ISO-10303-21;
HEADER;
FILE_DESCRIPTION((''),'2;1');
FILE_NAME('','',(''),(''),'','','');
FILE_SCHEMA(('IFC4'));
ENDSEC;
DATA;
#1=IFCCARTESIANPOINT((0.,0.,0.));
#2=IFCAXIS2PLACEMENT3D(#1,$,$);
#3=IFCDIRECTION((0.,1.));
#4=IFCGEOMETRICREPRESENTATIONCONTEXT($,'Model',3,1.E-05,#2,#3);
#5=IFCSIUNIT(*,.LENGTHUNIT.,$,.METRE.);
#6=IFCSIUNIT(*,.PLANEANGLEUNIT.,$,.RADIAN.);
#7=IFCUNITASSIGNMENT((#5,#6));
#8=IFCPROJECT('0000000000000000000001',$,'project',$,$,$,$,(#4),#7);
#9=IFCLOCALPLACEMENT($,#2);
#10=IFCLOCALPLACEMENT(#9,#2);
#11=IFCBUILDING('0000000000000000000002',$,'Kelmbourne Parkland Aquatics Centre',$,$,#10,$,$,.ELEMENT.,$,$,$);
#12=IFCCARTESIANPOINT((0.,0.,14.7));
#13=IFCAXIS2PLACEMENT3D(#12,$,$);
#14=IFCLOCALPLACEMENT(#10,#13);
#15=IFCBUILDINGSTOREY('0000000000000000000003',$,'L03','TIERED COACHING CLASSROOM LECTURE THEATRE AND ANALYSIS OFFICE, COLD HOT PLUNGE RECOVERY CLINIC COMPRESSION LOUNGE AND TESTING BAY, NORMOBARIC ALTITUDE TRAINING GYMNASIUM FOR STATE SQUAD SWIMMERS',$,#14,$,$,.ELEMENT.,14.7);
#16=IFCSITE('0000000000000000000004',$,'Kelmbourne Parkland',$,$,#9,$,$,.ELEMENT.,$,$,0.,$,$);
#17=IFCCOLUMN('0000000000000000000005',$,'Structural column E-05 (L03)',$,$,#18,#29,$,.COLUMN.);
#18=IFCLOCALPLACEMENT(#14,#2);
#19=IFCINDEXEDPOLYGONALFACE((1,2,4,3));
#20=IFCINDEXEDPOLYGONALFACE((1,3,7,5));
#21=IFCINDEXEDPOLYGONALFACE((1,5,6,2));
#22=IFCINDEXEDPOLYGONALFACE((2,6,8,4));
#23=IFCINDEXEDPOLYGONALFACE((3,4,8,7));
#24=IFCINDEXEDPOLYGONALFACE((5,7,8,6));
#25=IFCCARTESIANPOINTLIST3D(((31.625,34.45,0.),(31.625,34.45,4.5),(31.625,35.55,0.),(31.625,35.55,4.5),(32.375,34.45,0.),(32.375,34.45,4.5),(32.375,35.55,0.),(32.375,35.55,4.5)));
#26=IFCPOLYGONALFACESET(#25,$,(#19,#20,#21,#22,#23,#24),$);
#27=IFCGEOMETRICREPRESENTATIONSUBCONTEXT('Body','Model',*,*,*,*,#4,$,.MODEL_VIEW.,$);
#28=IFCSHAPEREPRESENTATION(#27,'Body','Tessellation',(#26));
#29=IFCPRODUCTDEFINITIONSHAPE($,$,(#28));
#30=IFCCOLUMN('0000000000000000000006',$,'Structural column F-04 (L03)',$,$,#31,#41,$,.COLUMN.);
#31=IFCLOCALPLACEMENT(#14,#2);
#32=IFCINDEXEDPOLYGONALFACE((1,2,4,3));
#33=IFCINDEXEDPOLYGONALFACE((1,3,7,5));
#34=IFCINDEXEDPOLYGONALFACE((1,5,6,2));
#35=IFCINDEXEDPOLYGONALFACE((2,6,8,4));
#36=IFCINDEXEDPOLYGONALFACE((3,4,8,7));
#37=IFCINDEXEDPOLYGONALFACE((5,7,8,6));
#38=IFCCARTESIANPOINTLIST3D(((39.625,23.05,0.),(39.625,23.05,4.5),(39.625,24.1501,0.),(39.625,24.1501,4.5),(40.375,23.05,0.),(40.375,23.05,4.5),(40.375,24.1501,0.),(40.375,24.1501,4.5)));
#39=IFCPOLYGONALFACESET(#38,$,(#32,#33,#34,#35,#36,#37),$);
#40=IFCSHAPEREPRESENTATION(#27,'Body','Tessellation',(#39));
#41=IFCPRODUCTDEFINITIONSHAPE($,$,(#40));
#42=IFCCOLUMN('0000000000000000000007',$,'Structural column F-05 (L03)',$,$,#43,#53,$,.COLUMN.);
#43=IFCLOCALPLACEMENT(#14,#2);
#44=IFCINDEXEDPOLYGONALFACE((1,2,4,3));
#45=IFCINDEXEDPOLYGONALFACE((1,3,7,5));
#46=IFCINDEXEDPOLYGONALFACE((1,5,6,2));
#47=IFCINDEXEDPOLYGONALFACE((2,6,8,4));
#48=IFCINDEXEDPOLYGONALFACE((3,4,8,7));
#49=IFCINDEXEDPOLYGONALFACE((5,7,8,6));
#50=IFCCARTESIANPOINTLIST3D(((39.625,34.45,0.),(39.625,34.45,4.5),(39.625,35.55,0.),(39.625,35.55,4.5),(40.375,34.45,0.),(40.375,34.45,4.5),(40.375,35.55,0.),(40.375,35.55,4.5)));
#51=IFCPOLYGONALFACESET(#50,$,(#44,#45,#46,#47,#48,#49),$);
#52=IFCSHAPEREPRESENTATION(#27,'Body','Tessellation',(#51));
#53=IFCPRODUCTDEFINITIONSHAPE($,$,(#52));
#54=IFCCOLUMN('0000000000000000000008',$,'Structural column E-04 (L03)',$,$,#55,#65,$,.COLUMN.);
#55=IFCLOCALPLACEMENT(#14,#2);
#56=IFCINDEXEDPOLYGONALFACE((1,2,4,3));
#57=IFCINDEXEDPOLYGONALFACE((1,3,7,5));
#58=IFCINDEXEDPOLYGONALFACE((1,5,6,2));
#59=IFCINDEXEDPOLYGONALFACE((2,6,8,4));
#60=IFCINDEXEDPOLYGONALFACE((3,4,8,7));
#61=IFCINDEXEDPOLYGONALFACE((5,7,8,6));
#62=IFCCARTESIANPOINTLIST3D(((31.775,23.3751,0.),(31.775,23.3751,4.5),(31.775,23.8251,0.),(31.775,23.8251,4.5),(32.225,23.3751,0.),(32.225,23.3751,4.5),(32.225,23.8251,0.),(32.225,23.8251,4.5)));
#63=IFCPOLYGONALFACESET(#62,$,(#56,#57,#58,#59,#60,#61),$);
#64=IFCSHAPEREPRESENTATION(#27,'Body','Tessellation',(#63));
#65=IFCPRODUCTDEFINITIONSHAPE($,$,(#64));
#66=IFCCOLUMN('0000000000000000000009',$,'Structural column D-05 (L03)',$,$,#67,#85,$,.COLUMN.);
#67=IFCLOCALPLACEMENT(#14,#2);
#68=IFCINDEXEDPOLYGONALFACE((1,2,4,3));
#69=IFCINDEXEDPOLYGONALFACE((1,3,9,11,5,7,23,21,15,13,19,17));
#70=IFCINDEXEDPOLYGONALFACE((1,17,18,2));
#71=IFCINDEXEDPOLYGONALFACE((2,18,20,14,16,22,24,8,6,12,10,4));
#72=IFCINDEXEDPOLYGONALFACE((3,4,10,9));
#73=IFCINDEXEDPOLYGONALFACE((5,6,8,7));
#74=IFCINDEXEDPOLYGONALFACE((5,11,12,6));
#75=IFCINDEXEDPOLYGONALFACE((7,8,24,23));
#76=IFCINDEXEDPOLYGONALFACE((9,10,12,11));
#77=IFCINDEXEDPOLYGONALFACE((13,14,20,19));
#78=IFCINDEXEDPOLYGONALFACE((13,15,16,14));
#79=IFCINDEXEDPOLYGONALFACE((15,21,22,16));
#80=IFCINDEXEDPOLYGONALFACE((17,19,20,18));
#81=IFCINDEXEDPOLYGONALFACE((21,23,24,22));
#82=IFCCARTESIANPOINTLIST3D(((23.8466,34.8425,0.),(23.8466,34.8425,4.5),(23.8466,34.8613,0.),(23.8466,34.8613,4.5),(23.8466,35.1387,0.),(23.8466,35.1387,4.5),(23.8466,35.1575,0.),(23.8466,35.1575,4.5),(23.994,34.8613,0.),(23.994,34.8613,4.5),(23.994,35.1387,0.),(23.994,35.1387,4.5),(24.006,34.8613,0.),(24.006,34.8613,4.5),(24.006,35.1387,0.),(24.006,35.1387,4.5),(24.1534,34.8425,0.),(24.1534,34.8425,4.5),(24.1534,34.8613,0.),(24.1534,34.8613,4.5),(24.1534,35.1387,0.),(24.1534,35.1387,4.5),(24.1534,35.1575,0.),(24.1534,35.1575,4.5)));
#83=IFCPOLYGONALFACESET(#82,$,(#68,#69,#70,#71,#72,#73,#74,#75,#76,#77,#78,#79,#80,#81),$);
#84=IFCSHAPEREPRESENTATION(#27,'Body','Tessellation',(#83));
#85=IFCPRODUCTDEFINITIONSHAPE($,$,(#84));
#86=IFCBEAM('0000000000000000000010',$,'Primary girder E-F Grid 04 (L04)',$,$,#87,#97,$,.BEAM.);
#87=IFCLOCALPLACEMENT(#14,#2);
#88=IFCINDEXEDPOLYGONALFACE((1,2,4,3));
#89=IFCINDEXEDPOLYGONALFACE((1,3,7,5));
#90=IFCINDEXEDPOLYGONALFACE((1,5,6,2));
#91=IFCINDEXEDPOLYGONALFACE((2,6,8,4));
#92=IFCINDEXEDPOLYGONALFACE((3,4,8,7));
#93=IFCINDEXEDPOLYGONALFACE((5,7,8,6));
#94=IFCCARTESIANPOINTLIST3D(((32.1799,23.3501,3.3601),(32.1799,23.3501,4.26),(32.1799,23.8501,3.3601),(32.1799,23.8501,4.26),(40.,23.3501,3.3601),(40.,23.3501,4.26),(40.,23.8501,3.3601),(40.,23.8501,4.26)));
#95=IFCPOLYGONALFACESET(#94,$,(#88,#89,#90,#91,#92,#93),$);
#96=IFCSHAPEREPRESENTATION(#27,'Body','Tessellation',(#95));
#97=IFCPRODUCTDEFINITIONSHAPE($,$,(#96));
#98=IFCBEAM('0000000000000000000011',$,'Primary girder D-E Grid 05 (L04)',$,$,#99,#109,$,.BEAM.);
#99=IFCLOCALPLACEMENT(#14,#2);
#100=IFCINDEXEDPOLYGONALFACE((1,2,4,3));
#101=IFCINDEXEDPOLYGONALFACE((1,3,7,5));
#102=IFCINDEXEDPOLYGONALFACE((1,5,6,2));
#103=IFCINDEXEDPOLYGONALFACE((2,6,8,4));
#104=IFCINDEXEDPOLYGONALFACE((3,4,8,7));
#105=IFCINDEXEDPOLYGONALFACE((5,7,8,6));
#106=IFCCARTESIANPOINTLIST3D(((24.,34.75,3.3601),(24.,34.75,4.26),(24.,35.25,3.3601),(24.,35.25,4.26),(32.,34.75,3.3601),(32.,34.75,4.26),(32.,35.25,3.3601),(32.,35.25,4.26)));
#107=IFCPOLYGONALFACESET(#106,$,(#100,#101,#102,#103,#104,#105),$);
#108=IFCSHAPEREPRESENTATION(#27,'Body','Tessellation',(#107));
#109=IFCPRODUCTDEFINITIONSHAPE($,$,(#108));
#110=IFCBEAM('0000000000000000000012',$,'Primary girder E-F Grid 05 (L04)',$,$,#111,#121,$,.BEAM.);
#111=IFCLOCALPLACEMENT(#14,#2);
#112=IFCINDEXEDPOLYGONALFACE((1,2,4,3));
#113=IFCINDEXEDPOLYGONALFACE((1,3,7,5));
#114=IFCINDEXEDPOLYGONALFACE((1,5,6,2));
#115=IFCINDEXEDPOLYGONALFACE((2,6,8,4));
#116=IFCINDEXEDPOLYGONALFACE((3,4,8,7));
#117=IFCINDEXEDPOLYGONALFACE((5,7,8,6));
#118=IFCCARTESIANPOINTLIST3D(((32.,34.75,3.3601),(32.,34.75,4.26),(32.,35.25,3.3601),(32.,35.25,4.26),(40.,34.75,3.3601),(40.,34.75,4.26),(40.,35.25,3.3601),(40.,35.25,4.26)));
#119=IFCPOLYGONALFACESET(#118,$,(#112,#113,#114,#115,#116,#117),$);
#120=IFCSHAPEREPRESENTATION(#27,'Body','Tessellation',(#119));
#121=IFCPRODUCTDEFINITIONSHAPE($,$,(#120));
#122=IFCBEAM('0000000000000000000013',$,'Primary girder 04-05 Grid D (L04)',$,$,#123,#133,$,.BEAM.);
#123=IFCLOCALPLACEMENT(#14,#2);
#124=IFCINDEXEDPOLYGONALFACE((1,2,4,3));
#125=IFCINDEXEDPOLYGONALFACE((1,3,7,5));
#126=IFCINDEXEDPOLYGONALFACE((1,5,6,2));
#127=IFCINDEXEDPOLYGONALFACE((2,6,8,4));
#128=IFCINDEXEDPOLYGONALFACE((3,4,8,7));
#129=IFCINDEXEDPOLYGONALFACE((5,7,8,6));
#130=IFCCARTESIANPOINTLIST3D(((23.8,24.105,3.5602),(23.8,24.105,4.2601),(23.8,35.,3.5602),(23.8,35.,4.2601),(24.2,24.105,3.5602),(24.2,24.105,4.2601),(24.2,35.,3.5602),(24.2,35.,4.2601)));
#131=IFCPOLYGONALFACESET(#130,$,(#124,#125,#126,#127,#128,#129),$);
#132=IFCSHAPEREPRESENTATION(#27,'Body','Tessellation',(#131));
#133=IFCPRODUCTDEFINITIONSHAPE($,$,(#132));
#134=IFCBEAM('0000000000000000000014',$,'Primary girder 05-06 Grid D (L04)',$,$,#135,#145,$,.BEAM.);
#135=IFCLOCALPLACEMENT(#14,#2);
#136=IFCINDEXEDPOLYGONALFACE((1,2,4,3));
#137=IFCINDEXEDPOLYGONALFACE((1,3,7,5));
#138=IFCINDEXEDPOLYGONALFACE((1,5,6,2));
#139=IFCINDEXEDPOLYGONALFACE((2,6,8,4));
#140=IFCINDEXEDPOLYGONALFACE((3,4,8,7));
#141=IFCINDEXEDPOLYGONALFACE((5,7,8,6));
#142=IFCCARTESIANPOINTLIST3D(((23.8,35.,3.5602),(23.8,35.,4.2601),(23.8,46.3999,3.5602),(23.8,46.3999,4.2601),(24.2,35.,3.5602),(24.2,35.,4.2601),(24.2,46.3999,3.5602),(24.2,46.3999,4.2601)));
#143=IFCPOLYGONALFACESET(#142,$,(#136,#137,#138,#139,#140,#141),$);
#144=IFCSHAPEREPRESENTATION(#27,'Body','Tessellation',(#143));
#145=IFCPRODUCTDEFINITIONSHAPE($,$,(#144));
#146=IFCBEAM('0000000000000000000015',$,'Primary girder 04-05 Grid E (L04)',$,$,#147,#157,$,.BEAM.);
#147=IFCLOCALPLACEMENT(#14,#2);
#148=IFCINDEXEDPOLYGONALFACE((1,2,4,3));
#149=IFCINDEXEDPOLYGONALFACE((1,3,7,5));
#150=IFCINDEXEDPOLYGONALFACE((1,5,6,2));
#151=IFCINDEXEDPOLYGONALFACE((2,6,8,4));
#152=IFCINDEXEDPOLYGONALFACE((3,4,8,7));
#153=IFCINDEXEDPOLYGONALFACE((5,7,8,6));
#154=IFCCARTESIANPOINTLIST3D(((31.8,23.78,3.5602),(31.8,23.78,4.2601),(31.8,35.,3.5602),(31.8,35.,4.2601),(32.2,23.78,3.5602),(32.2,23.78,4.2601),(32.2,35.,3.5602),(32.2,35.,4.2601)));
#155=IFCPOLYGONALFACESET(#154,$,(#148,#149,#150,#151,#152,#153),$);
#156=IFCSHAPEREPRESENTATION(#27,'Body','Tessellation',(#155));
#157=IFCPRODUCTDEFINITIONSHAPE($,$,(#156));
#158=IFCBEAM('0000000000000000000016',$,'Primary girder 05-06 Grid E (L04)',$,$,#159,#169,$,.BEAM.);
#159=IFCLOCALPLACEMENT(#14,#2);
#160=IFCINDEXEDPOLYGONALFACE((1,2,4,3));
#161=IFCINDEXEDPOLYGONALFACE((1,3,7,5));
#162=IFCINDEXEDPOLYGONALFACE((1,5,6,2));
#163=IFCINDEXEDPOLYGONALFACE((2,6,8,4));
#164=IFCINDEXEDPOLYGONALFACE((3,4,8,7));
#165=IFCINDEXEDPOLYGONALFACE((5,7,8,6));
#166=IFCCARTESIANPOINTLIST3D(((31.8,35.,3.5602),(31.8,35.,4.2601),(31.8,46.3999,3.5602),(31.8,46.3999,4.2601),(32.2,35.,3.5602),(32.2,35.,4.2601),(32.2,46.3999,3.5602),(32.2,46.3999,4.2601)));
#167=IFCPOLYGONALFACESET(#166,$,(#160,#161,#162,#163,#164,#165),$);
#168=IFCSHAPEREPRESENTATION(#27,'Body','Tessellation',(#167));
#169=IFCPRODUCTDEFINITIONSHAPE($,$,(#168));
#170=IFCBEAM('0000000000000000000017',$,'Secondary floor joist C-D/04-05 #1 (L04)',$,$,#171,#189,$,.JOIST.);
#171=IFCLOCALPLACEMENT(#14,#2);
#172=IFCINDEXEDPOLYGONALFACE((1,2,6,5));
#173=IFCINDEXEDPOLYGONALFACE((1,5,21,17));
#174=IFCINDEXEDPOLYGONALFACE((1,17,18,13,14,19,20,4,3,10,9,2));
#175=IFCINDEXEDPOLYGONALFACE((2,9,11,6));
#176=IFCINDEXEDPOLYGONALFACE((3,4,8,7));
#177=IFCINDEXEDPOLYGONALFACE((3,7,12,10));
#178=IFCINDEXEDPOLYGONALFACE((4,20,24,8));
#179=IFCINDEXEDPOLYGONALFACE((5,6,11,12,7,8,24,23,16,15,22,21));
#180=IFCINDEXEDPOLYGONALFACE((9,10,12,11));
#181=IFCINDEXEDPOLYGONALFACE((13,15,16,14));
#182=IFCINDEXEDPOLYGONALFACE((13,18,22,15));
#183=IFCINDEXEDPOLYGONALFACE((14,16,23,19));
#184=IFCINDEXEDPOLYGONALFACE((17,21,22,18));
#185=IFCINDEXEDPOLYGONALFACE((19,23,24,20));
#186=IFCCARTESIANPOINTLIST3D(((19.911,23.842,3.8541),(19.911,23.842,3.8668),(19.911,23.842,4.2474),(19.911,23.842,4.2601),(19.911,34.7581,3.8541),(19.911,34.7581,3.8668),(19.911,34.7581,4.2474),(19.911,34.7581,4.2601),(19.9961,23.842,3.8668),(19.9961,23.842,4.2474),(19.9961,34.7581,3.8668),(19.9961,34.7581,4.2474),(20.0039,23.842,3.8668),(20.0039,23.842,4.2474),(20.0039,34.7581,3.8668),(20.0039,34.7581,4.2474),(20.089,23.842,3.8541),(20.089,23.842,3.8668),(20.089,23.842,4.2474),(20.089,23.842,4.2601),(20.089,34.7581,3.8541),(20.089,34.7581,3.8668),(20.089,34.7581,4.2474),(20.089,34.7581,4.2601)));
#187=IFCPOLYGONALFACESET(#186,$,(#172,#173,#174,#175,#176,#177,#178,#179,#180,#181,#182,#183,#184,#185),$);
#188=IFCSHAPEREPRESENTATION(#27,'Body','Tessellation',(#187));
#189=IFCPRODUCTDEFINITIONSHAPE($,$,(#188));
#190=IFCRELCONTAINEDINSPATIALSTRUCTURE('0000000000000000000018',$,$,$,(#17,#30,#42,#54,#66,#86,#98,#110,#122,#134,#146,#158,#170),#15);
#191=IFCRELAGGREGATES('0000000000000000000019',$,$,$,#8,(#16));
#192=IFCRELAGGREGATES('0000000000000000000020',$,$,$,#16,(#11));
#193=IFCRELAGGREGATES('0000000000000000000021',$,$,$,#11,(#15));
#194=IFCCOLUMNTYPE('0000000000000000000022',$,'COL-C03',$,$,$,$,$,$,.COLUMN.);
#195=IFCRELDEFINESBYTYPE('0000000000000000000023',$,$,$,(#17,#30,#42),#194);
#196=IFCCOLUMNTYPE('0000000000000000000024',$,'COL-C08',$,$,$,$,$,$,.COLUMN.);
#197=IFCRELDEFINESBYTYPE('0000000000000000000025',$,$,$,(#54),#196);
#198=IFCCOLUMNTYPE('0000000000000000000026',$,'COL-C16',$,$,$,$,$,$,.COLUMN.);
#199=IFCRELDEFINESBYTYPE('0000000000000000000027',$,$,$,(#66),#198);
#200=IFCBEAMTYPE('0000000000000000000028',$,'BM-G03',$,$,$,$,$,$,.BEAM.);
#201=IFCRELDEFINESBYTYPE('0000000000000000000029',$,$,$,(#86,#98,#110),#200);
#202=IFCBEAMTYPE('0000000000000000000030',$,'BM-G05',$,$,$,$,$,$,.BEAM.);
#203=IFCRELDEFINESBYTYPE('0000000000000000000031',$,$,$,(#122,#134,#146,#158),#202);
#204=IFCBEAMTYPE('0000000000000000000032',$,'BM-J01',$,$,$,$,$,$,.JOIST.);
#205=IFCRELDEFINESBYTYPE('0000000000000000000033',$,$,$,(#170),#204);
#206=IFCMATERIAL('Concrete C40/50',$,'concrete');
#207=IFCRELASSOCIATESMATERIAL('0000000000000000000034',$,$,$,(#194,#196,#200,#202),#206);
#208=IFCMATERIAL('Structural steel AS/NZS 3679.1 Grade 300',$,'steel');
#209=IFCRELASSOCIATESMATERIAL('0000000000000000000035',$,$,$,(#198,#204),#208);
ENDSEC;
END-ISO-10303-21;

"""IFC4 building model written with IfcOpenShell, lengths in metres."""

from ifc_helpers import new_model, si_unit, direction, frame, origin, origin_2d, place, context, subcontext, project, spatial, rectangle, i_section, extrude, material, material_profile, profile_set, type_object, element, save


model = new_model("IFC4")

# Units and contexts
model_context = context("Model", 3, precision=1e-05, world=origin(), true_north=direction((0.0, 1.0)))
body_context = subcontext(model_context, "Body", "Model", "MODEL_VIEW")
ifc_project = project(units=[si_unit("LENGTHUNIT", "METRE"), si_unit("PLANEANGLEUNIT", "RADIAN")], contexts=[model_context])

# Site, building, storey
site_placement = place(None, origin())
site = spatial("IfcSite", under=ifc_project, at=site_placement, Name="Kelmbourne Parkland", CompositionType="ELEMENT", RefElevation=0.0)
building_placement = place(site_placement, origin())
building = spatial("IfcBuilding", under=site, at=building_placement, Name="Kelmbourne Parkland Aquatics Centre", CompositionType="ELEMENT")
storey_placement = place(building_placement, frame((0.0, 0.0, 14.7)))
storey = spatial("IfcBuildingStorey", under=building, at=storey_placement, Name="L03", Description="TIERED COACHING CLASSROOM LECTURE THEATRE AND ANALYSIS OFFICE, COLD HOT PLUNGE RECOVERY CLINIC COMPRESSION LOUNGE AND TESTING BAY, NORMOBARIC ALTITUDE TRAINING GYMNASIUM FOR STATE SQUAD SWIMMERS", CompositionType="ELEMENT", Elevation=14.7)

# Columns
ifc_material_1 = material(Name="Concrete C40/50", Category="concrete")
ifc_material_profile_1 = material_profile(ifc_material_1, rectangle(XDim=0.75, YDim=1.1001, at=origin_2d()), Name="RC 750x1100")
ifc_profile_set_1 = profile_set([ifc_material_profile_1], Name="Concrete C40/50")
column_type_1 = type_object("IfcColumnType", Name="COL-C03", PredefinedType="COLUMN", material=ifc_profile_set_1)
for number, where, z_axis, x_axis, name in (
    (1, (32.0, 35.0, 0.0), (0.0, 0.0, 1.0), (1.0, 0.0, 0.0), "Structural column E-05 (L03)"),
    (2, (40.0, 23.6001, 0.0), (0.0, 0.0, 1.0), (1.0, 0.0, 0.0), "Structural column F-04 (L03)"),
    (3, (40.0, 35.0, 0.0), (0.0, 0.0, 1.0), (1.0, 0.0, 0.0), "Structural column F-05 (L03)"),
):
    element("IfcColumn", number, at=place(storey_placement, frame(where, z_axis=z_axis, x_axis=x_axis)), inside=storey, type_object=column_type_1, Name=name, PredefinedType="COLUMN", context=body_context, shape_type="SweptSolid", body=[
        extrude(rectangle(XDim=0.75, YDim=1.1001, at=origin_2d()), origin(), (0.0, 0.0, 1.0), 4.5),
    ])
ifc_material_profile_2 = material_profile(ifc_material_1, rectangle(XDim=0.45, YDim=0.45, at=origin_2d()), Name="RC 450x450")
ifc_profile_set_2 = profile_set([ifc_material_profile_2], Name="Concrete C40/50")
column_type_2 = type_object("IfcColumnType", Name="COL-C08", PredefinedType="COLUMN", material=ifc_profile_set_2)
column_1_placement = place(storey_placement, frame((32.0, 23.6001, 0.0), z_axis=(0.0, 0.0, 1.0), x_axis=(1.0, 0.0, 0.0)))
element("IfcColumn", 4, at=column_1_placement, inside=storey, type_object=column_type_2, Name="Structural column E-04 (L03)", PredefinedType="COLUMN", context=body_context, shape_type="SweptSolid", body=[
    extrude(rectangle(XDim=0.45, YDim=0.45, at=origin_2d()), origin(), (0.0, 0.0, 1.0), 4.5),
])
ifc_material_2 = material(Name="Structural steel AS/NZS 3679.1 Grade 300", Category="steel")
ifc_material_profile_3 = material_profile(ifc_material_2, i_section(OverallWidth=0.3069, OverallDepth=0.3149, WebThickness=0.012, FlangeThickness=0.0188, at=origin_2d()), Name="310UC118")
ifc_profile_set_3 = profile_set([ifc_material_profile_3], Name="Structural steel AS/NZS 3679.1 Grade 300")
column_type_3 = type_object("IfcColumnType", Name="COL-C16", PredefinedType="COLUMN", material=ifc_profile_set_3)
column_2_placement = place(storey_placement, frame((24.0, 35.0, 0.0), z_axis=(0.0, 0.0, 1.0), x_axis=(1.0, 0.0, 0.0)))
element("IfcColumn", 5, at=column_2_placement, inside=storey, type_object=column_type_3, Name="Structural column D-05 (L03)", PredefinedType="COLUMN", context=body_context, shape_type="SweptSolid", body=[
    extrude(i_section(OverallWidth=0.3069, OverallDepth=0.3149, WebThickness=0.012, FlangeThickness=0.0188, at=origin_2d()), origin(), (0.0, 0.0, 1.0), 4.5),
])

# Beams
ifc_material_profile_4 = material_profile(ifc_material_1, rectangle(XDim=0.5, YDim=0.8999, at=origin_2d()), Name="RC 500x900")
ifc_profile_set_4 = profile_set([ifc_material_profile_4], Name="Concrete C40/50")
beam_type_1 = type_object("IfcBeamType", Name="BM-G03", PredefinedType="BEAM", material=ifc_profile_set_4)
beam_1_placement = place(storey_placement, frame((32.1799, 23.6001, 3.8101), z_axis=(1.0, 0.0, 0.0), x_axis=(0.0, 1.0, 0.0)))
element("IfcBeam", 6, at=beam_1_placement, inside=storey, type_object=beam_type_1, Name="Primary girder E-F Grid 04 (L04)", PredefinedType="BEAM", context=body_context, shape_type="SweptSolid", body=[
    extrude(rectangle(XDim=0.5, YDim=0.8999, at=origin_2d()), origin(), (0.0, 0.0, 1.0), 7.8201),
])
for number, where, z_axis, x_axis, name in (
    (7, (24.0, 35.0, 3.8101), (1.0, 0.0, 0.0), (0.0, 1.0, 0.0), "Primary girder D-E Grid 05 (L04)"),
    (8, (32.0, 35.0, 3.8101), (1.0, 0.0, 0.0), (0.0, 1.0, 0.0), "Primary girder E-F Grid 05 (L04)"),
):
    element("IfcBeam", number, at=place(storey_placement, frame(where, z_axis=z_axis, x_axis=x_axis)), inside=storey, type_object=beam_type_1, Name=name, PredefinedType="BEAM", context=body_context, shape_type="SweptSolid", body=[
        extrude(rectangle(XDim=0.5, YDim=0.8999, at=origin_2d()), origin(), (0.0, 0.0, 1.0), 8.0),
    ])
ifc_material_profile_5 = material_profile(ifc_material_1, rectangle(XDim=0.3999, YDim=0.7, at=origin_2d()), Name="RC 400x700")
ifc_profile_set_5 = profile_set([ifc_material_profile_5], Name="Concrete C40/50")
beam_type_2 = type_object("IfcBeamType", Name="BM-G05", PredefinedType="BEAM", material=ifc_profile_set_5)
beam_2_placement = place(storey_placement, frame((24.0, 24.105, 3.9102), z_axis=(0.0, 1.0, 0.0), x_axis=(-1.0, 0.0, 0.0)))
element("IfcBeam", 9, at=beam_2_placement, inside=storey, type_object=beam_type_2, Name="Primary girder 04-05 Grid D (L04)", PredefinedType="BEAM", context=body_context, shape_type="SweptSolid", body=[
    extrude(rectangle(XDim=0.3999, YDim=0.7, at=origin_2d()), origin(), (0.0, 0.0, 1.0), 10.895),
])
beam_3_placement = place(storey_placement, frame((24.0, 35.0, 3.9102), z_axis=(0.0, 1.0, 0.0), x_axis=(-1.0, 0.0, 0.0)))
element("IfcBeam", 10, at=beam_3_placement, inside=storey, type_object=beam_type_2, Name="Primary girder 05-06 Grid D (L04)", PredefinedType="BEAM", context=body_context, shape_type="SweptSolid", body=[
    extrude(rectangle(XDim=0.3999, YDim=0.7, at=origin_2d()), origin(), (0.0, 0.0, 1.0), 11.3999),
])
beam_4_placement = place(storey_placement, frame((32.0, 23.78, 3.9102), z_axis=(0.0, 1.0, 0.0), x_axis=(-1.0, 0.0, 0.0)))
element("IfcBeam", 11, at=beam_4_placement, inside=storey, type_object=beam_type_2, Name="Primary girder 04-05 Grid E (L04)", PredefinedType="BEAM", context=body_context, shape_type="SweptSolid", body=[
    extrude(rectangle(XDim=0.3999, YDim=0.7, at=origin_2d()), origin(), (0.0, 0.0, 1.0), 11.22),
])
beam_5_placement = place(storey_placement, frame((32.0, 35.0, 3.9102), z_axis=(0.0, 1.0, 0.0), x_axis=(-1.0, 0.0, 0.0)))
element("IfcBeam", 12, at=beam_5_placement, inside=storey, type_object=beam_type_2, Name="Primary girder 05-06 Grid E (L04)", PredefinedType="BEAM", context=body_context, shape_type="SweptSolid", body=[
    extrude(rectangle(XDim=0.3999, YDim=0.7, at=origin_2d()), origin(), (0.0, 0.0, 1.0), 11.3999),
])
ifc_material_profile_6 = material_profile(ifc_material_2, i_section(OverallWidth=0.178, OverallDepth=0.406, WebThickness=0.0078, FlangeThickness=0.0127, at=origin_2d()), Name="410UB59.7")
ifc_profile_set_6 = profile_set([ifc_material_profile_6], Name="Structural steel AS/NZS 3679.1 Grade 300")
beam_type_3 = type_object("IfcBeamType", Name="BM-J01", PredefinedType="JOIST", material=ifc_profile_set_6)
for number, where, z_axis, x_axis, name in (
    (13, (20.0, 23.842, 4.0571), (0.0, 1.0, 0.0), (-1.0, 0.0, 0.0), "Secondary floor joist C-D/04-05 #1 (L04)"),
):
    element("IfcBeam", number, at=place(storey_placement, frame(where, z_axis=z_axis, x_axis=x_axis)), inside=storey, type_object=beam_type_3, Name=name, PredefinedType="JOIST", context=body_context, shape_type="SweptSolid", body=[
        extrude(i_section(OverallWidth=0.178, OverallDepth=0.406, WebThickness=0.0078, FlangeThickness=0.0127, at=origin_2d()), origin(), (0.0, 0.0, 1.0), 10.916),
    ])

save(model, "model.ifc")
